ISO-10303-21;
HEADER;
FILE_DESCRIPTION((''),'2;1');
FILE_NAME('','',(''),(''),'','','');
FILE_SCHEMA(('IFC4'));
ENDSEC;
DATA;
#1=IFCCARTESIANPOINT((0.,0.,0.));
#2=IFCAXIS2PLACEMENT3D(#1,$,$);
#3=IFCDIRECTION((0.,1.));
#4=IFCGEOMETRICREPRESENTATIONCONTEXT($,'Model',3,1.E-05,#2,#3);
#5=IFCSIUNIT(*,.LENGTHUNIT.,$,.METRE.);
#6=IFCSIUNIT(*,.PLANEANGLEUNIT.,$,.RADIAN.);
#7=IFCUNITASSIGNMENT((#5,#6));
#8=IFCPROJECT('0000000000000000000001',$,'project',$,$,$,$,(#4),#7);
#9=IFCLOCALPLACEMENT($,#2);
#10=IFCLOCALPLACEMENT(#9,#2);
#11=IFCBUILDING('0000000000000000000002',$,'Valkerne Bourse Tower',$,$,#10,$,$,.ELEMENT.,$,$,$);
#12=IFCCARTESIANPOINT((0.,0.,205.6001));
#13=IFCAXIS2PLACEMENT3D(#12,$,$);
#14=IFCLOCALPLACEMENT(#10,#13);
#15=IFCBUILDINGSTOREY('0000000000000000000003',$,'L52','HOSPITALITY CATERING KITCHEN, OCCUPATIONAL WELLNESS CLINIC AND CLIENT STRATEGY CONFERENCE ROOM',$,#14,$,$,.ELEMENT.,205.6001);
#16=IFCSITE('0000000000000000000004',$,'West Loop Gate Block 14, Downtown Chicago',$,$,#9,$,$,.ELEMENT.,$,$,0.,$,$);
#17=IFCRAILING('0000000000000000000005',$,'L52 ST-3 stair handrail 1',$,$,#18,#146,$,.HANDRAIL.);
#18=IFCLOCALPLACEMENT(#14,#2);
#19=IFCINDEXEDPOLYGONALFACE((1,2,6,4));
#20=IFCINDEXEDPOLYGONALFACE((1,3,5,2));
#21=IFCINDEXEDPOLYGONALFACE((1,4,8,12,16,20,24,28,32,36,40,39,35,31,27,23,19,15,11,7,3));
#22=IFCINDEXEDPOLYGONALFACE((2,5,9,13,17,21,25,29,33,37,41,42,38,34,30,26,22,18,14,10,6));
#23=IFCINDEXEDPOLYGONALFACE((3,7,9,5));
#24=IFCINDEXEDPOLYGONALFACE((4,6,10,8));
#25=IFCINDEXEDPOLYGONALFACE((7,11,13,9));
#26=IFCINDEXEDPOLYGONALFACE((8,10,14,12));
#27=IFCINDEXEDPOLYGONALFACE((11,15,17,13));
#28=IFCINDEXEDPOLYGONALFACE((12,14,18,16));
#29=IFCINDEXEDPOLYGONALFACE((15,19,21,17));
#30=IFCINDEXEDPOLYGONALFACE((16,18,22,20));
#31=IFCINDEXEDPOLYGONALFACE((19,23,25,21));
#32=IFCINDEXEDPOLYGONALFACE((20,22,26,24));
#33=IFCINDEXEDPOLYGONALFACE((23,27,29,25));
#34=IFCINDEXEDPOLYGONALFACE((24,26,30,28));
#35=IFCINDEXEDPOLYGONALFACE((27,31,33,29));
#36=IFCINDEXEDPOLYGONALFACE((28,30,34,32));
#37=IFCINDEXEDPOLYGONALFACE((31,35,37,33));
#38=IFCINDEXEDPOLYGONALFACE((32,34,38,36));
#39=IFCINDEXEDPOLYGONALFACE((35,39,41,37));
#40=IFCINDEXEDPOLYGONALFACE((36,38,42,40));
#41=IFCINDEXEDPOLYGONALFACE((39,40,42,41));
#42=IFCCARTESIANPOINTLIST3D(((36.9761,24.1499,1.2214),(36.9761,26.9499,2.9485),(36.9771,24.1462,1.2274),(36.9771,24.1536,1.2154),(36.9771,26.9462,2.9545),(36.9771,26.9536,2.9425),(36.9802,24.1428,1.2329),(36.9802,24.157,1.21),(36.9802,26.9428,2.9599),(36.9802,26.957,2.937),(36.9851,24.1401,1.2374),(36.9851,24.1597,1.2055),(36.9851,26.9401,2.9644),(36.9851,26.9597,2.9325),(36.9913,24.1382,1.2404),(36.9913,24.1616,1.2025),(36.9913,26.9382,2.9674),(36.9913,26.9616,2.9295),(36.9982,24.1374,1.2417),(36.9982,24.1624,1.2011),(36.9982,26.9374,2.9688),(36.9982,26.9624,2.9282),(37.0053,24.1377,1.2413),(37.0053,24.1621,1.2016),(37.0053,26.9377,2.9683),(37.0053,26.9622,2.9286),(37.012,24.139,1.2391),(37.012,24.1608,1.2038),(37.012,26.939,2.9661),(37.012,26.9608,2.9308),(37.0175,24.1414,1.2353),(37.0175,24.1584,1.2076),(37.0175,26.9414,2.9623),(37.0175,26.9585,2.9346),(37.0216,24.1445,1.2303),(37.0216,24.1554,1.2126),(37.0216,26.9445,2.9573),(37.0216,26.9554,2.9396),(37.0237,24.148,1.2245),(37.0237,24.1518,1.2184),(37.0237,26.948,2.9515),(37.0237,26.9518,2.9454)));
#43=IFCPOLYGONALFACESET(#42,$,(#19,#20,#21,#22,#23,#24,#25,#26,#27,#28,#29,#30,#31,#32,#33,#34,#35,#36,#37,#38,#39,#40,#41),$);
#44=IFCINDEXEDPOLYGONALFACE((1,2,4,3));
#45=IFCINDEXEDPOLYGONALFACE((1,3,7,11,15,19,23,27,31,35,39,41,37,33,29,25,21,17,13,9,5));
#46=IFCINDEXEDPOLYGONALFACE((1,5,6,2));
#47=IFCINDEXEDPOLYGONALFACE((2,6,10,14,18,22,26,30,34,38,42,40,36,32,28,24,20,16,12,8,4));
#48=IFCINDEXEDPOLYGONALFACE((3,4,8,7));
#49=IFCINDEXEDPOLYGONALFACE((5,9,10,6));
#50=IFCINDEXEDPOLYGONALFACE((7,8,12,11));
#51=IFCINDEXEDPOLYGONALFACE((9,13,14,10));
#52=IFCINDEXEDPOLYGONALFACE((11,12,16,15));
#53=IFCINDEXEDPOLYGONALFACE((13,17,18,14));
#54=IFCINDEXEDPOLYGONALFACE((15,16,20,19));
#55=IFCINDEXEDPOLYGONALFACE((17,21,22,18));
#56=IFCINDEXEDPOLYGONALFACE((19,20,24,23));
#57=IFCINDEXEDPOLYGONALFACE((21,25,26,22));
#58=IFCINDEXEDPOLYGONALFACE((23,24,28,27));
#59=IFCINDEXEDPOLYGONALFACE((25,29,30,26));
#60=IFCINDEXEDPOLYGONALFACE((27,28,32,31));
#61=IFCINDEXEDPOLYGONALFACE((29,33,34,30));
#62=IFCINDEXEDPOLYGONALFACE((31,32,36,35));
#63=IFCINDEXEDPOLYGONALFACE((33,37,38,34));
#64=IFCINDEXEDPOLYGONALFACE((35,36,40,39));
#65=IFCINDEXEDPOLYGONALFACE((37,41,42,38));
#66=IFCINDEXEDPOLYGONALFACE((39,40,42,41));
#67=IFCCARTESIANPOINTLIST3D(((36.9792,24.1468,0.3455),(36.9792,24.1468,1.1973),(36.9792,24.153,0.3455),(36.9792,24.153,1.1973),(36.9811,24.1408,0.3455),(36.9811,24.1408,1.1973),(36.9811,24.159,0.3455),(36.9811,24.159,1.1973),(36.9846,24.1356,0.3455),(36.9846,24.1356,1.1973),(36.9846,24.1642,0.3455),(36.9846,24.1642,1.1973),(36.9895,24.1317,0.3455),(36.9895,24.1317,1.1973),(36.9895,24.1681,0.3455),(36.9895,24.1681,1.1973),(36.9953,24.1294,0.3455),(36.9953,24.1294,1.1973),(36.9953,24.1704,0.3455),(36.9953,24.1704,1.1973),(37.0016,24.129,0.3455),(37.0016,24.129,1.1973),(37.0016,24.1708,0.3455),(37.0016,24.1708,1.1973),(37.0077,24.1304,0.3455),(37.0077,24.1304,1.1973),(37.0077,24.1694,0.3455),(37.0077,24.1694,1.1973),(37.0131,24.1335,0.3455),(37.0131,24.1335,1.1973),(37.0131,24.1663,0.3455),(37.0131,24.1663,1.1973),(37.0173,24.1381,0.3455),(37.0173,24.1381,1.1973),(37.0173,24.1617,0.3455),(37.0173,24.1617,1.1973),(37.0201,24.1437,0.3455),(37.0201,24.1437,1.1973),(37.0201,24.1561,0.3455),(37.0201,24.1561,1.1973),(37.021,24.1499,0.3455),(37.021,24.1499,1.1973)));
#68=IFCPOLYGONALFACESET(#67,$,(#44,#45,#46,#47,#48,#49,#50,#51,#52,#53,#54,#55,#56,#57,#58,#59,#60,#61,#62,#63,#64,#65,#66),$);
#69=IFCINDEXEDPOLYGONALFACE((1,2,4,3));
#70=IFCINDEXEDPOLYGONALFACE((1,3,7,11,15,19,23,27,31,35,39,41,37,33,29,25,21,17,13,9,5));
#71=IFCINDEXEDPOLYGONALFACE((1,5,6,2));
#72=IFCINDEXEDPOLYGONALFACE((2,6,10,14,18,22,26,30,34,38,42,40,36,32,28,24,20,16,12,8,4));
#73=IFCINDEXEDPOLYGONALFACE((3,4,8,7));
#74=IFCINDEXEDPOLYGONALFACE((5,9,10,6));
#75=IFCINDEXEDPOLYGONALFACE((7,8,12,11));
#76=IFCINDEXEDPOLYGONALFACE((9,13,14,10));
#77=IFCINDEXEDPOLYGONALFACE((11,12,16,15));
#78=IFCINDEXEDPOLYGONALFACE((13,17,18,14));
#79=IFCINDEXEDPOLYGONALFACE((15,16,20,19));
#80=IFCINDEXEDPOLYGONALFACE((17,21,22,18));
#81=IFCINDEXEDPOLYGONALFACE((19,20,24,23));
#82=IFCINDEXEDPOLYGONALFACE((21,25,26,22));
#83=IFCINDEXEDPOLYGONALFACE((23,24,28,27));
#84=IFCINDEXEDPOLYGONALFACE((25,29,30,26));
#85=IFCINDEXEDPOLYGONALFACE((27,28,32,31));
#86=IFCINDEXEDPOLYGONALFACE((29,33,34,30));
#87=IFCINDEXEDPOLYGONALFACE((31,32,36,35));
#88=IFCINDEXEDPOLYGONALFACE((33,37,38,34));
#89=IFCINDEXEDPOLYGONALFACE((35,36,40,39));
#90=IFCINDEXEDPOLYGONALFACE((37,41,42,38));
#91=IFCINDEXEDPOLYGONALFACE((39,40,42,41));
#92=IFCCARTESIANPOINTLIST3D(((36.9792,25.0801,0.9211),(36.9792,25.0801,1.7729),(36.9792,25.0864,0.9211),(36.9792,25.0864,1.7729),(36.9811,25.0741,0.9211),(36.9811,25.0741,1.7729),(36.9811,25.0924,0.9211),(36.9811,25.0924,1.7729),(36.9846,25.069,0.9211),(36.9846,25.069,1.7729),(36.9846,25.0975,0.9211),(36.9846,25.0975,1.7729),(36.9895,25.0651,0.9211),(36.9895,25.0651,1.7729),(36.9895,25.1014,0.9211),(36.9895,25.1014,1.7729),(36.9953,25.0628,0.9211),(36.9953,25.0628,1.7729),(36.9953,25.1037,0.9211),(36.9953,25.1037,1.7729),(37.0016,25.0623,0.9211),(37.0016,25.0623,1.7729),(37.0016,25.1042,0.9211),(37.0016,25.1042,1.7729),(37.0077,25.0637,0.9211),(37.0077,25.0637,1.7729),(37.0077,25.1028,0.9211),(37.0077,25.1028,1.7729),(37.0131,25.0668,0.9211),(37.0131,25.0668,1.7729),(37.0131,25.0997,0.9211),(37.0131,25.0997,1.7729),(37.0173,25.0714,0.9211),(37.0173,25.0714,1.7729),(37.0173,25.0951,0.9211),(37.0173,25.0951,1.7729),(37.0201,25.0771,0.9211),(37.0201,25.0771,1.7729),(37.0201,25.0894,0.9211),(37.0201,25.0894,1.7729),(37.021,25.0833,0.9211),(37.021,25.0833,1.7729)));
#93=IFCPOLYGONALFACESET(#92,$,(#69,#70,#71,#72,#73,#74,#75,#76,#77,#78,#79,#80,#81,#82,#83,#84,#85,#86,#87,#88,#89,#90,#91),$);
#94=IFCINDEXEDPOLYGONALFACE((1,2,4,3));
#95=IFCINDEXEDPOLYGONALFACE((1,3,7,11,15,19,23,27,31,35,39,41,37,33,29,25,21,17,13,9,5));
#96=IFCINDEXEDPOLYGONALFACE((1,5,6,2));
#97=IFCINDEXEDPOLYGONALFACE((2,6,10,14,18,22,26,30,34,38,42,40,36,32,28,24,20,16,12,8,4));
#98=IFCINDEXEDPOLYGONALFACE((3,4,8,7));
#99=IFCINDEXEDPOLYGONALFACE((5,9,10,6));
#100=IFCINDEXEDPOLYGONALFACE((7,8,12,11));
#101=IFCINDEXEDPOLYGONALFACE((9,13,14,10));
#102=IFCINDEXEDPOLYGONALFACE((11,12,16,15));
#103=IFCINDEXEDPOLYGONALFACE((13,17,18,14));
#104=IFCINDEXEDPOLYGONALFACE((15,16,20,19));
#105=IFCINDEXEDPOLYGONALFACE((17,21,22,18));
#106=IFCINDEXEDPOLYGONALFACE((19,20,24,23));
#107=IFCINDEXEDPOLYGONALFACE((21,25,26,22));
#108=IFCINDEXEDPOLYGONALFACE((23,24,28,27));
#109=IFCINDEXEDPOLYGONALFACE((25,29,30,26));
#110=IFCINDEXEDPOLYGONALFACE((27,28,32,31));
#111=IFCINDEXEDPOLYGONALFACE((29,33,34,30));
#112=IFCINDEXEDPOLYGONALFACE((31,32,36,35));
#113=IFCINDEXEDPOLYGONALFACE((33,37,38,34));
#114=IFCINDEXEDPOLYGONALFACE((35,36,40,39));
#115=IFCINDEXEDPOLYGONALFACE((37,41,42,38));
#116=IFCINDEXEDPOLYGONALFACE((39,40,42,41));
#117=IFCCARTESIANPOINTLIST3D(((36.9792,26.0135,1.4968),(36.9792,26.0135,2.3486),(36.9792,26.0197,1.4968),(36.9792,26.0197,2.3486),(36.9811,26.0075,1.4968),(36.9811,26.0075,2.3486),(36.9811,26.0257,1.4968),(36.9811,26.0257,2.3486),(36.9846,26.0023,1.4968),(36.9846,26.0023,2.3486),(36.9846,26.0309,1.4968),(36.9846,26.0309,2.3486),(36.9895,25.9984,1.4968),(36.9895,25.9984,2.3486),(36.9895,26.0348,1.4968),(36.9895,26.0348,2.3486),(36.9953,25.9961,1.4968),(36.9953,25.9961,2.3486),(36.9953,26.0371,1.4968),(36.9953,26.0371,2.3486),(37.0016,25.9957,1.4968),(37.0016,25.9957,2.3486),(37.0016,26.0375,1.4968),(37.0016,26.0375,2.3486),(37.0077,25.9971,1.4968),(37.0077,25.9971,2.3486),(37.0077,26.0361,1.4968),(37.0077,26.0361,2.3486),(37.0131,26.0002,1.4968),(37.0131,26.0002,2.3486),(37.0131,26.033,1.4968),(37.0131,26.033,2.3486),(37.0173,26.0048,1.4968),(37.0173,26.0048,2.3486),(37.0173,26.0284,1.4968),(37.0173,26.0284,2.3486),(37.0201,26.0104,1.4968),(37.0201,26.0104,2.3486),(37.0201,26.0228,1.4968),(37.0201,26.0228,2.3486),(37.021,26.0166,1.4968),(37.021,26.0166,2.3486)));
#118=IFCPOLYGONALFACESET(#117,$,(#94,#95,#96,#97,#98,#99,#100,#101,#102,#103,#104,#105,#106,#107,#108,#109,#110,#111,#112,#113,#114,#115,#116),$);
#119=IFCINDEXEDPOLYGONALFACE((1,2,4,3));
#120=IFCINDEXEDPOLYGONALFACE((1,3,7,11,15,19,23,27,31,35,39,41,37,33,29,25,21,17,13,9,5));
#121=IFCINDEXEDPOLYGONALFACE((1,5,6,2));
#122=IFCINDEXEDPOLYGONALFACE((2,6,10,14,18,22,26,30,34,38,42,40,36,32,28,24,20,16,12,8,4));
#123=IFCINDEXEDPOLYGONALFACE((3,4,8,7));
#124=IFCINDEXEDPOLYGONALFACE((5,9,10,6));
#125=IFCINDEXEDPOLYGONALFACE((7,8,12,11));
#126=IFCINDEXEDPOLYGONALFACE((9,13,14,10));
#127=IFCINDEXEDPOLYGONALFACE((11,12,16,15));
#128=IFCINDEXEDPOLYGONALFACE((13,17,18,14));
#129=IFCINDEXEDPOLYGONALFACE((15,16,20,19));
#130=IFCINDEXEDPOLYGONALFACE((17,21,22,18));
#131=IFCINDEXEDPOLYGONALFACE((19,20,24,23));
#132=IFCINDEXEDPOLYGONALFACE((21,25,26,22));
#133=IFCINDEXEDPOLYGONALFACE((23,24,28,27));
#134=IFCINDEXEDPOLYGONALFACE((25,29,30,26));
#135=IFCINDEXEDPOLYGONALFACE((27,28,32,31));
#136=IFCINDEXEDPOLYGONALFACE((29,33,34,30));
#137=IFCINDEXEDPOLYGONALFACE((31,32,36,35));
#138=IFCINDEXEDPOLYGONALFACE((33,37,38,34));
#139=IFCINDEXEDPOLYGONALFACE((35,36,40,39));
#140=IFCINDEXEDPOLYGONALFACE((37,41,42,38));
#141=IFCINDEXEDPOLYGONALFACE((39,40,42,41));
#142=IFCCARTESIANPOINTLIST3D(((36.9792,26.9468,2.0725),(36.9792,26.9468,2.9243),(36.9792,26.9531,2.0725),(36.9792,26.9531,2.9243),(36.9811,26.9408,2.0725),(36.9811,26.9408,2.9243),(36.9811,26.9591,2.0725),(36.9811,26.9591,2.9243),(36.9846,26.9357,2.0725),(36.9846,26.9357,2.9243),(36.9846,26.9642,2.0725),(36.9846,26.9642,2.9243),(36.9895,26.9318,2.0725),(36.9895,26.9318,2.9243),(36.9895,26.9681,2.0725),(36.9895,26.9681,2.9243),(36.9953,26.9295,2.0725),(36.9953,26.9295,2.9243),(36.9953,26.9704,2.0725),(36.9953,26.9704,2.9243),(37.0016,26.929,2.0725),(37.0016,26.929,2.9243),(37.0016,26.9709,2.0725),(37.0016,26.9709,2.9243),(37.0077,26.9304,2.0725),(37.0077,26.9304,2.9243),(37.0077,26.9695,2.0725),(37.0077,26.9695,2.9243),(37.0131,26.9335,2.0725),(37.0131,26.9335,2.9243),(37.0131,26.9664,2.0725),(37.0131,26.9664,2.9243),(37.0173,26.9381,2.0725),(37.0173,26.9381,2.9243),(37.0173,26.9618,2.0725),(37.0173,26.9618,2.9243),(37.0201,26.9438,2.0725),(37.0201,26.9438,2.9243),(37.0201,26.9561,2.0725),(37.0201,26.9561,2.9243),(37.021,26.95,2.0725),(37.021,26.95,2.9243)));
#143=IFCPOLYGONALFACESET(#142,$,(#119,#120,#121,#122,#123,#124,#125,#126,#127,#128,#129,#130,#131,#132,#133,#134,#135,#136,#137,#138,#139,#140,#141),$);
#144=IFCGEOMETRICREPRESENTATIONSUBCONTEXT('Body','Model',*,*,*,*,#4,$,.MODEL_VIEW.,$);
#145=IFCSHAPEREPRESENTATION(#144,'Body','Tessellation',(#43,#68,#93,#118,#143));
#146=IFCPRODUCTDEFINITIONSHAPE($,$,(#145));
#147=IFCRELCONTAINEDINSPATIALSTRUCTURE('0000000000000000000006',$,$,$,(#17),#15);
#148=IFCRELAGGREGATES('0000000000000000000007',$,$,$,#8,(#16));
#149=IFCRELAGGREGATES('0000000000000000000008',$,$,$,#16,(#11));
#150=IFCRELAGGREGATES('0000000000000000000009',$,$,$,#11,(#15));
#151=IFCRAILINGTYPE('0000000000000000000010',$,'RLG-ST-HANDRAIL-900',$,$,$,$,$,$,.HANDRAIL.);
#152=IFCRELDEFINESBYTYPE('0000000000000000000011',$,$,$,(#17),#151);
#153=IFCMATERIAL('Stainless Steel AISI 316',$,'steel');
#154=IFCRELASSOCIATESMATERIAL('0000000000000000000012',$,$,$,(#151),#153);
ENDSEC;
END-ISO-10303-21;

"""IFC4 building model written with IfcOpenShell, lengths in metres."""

from ifc_helpers import new_model, si_unit, direction, frame, origin, origin_2d, place, context, subcontext, project, spatial, circle, extrude, material, type_object, element, save


model = new_model("IFC4")

# Units and contexts
model_context = context("Model", 3, precision=1e-05, world=origin(), true_north=direction((0.0, 1.0)))
body_context = subcontext(model_context, "Body", "Model", "MODEL_VIEW")
ifc_project = project(units=[si_unit("LENGTHUNIT", "METRE"), si_unit("PLANEANGLEUNIT", "RADIAN")], contexts=[model_context])

# Site, building, storey
site_placement = place(None, origin())
site = spatial("IfcSite", under=ifc_project, at=site_placement, Name="West Loop Gate Block 14, Downtown Chicago", CompositionType="ELEMENT", RefElevation=0.0)
building_placement = place(site_placement, origin())
building = spatial("IfcBuilding", under=site, at=building_placement, Name="Valkerne Bourse Tower", CompositionType="ELEMENT")
storey_placement = place(building_placement, frame((0.0, 0.0, 205.6001)))
storey = spatial("IfcBuildingStorey", under=building, at=storey_placement, Name="L52", Description="HOSPITALITY CATERING KITCHEN, OCCUPATIONAL WELLNESS CLINIC AND CLIENT STRATEGY CONFERENCE ROOM", CompositionType="ELEMENT", Elevation=205.6001)

# Railing
ifc_material_1 = material(Name="Stainless Steel AISI 316", Category="steel")
railing_type_1 = type_object("IfcRailingType", Name="RLG-ST-HANDRAIL-900", PredefinedType="HANDRAIL", material=ifc_material_1)
railing_1_placement = place(storey_placement, frame((37.0, 24.1499, 0.3455)))
element("IfcRailing", 1, at=railing_1_placement, inside=storey, type_object=railing_type_1, Name="L52 ST-3 stair handrail 1", PredefinedType="HANDRAIL", context=body_context, shape_type="SweptSolid", body=[
    extrude(circle(Radius=0.0239, at=origin_2d()), frame((0.0, 0.0, 0.876), z_axis=(0.0, 0.851123, 0.524967), x_axis=(-1.0, 0.0, 0.0)), (0.0, 0.0, 1.0), 3.2898),
    extrude(circle(Radius=0.021, at=origin_2d()), origin(), (0.0, 0.0, 1.0), 0.8518),
    extrude(circle(Radius=0.021, at=origin_2d()), frame((0.0, 0.9333, 0.5757)), (0.0, 0.0, 1.0), 0.8518),
    extrude(circle(Radius=0.021, at=origin_2d()), frame((0.0, 1.8667, 1.1514)), (0.0, 0.0, 1.0), 0.8518),
    extrude(circle(Radius=0.021, at=origin_2d()), frame((0.0, 2.8, 1.7271)), (0.0, 0.0, 1.0), 0.8518),
])

save(model, "model.ifc")
